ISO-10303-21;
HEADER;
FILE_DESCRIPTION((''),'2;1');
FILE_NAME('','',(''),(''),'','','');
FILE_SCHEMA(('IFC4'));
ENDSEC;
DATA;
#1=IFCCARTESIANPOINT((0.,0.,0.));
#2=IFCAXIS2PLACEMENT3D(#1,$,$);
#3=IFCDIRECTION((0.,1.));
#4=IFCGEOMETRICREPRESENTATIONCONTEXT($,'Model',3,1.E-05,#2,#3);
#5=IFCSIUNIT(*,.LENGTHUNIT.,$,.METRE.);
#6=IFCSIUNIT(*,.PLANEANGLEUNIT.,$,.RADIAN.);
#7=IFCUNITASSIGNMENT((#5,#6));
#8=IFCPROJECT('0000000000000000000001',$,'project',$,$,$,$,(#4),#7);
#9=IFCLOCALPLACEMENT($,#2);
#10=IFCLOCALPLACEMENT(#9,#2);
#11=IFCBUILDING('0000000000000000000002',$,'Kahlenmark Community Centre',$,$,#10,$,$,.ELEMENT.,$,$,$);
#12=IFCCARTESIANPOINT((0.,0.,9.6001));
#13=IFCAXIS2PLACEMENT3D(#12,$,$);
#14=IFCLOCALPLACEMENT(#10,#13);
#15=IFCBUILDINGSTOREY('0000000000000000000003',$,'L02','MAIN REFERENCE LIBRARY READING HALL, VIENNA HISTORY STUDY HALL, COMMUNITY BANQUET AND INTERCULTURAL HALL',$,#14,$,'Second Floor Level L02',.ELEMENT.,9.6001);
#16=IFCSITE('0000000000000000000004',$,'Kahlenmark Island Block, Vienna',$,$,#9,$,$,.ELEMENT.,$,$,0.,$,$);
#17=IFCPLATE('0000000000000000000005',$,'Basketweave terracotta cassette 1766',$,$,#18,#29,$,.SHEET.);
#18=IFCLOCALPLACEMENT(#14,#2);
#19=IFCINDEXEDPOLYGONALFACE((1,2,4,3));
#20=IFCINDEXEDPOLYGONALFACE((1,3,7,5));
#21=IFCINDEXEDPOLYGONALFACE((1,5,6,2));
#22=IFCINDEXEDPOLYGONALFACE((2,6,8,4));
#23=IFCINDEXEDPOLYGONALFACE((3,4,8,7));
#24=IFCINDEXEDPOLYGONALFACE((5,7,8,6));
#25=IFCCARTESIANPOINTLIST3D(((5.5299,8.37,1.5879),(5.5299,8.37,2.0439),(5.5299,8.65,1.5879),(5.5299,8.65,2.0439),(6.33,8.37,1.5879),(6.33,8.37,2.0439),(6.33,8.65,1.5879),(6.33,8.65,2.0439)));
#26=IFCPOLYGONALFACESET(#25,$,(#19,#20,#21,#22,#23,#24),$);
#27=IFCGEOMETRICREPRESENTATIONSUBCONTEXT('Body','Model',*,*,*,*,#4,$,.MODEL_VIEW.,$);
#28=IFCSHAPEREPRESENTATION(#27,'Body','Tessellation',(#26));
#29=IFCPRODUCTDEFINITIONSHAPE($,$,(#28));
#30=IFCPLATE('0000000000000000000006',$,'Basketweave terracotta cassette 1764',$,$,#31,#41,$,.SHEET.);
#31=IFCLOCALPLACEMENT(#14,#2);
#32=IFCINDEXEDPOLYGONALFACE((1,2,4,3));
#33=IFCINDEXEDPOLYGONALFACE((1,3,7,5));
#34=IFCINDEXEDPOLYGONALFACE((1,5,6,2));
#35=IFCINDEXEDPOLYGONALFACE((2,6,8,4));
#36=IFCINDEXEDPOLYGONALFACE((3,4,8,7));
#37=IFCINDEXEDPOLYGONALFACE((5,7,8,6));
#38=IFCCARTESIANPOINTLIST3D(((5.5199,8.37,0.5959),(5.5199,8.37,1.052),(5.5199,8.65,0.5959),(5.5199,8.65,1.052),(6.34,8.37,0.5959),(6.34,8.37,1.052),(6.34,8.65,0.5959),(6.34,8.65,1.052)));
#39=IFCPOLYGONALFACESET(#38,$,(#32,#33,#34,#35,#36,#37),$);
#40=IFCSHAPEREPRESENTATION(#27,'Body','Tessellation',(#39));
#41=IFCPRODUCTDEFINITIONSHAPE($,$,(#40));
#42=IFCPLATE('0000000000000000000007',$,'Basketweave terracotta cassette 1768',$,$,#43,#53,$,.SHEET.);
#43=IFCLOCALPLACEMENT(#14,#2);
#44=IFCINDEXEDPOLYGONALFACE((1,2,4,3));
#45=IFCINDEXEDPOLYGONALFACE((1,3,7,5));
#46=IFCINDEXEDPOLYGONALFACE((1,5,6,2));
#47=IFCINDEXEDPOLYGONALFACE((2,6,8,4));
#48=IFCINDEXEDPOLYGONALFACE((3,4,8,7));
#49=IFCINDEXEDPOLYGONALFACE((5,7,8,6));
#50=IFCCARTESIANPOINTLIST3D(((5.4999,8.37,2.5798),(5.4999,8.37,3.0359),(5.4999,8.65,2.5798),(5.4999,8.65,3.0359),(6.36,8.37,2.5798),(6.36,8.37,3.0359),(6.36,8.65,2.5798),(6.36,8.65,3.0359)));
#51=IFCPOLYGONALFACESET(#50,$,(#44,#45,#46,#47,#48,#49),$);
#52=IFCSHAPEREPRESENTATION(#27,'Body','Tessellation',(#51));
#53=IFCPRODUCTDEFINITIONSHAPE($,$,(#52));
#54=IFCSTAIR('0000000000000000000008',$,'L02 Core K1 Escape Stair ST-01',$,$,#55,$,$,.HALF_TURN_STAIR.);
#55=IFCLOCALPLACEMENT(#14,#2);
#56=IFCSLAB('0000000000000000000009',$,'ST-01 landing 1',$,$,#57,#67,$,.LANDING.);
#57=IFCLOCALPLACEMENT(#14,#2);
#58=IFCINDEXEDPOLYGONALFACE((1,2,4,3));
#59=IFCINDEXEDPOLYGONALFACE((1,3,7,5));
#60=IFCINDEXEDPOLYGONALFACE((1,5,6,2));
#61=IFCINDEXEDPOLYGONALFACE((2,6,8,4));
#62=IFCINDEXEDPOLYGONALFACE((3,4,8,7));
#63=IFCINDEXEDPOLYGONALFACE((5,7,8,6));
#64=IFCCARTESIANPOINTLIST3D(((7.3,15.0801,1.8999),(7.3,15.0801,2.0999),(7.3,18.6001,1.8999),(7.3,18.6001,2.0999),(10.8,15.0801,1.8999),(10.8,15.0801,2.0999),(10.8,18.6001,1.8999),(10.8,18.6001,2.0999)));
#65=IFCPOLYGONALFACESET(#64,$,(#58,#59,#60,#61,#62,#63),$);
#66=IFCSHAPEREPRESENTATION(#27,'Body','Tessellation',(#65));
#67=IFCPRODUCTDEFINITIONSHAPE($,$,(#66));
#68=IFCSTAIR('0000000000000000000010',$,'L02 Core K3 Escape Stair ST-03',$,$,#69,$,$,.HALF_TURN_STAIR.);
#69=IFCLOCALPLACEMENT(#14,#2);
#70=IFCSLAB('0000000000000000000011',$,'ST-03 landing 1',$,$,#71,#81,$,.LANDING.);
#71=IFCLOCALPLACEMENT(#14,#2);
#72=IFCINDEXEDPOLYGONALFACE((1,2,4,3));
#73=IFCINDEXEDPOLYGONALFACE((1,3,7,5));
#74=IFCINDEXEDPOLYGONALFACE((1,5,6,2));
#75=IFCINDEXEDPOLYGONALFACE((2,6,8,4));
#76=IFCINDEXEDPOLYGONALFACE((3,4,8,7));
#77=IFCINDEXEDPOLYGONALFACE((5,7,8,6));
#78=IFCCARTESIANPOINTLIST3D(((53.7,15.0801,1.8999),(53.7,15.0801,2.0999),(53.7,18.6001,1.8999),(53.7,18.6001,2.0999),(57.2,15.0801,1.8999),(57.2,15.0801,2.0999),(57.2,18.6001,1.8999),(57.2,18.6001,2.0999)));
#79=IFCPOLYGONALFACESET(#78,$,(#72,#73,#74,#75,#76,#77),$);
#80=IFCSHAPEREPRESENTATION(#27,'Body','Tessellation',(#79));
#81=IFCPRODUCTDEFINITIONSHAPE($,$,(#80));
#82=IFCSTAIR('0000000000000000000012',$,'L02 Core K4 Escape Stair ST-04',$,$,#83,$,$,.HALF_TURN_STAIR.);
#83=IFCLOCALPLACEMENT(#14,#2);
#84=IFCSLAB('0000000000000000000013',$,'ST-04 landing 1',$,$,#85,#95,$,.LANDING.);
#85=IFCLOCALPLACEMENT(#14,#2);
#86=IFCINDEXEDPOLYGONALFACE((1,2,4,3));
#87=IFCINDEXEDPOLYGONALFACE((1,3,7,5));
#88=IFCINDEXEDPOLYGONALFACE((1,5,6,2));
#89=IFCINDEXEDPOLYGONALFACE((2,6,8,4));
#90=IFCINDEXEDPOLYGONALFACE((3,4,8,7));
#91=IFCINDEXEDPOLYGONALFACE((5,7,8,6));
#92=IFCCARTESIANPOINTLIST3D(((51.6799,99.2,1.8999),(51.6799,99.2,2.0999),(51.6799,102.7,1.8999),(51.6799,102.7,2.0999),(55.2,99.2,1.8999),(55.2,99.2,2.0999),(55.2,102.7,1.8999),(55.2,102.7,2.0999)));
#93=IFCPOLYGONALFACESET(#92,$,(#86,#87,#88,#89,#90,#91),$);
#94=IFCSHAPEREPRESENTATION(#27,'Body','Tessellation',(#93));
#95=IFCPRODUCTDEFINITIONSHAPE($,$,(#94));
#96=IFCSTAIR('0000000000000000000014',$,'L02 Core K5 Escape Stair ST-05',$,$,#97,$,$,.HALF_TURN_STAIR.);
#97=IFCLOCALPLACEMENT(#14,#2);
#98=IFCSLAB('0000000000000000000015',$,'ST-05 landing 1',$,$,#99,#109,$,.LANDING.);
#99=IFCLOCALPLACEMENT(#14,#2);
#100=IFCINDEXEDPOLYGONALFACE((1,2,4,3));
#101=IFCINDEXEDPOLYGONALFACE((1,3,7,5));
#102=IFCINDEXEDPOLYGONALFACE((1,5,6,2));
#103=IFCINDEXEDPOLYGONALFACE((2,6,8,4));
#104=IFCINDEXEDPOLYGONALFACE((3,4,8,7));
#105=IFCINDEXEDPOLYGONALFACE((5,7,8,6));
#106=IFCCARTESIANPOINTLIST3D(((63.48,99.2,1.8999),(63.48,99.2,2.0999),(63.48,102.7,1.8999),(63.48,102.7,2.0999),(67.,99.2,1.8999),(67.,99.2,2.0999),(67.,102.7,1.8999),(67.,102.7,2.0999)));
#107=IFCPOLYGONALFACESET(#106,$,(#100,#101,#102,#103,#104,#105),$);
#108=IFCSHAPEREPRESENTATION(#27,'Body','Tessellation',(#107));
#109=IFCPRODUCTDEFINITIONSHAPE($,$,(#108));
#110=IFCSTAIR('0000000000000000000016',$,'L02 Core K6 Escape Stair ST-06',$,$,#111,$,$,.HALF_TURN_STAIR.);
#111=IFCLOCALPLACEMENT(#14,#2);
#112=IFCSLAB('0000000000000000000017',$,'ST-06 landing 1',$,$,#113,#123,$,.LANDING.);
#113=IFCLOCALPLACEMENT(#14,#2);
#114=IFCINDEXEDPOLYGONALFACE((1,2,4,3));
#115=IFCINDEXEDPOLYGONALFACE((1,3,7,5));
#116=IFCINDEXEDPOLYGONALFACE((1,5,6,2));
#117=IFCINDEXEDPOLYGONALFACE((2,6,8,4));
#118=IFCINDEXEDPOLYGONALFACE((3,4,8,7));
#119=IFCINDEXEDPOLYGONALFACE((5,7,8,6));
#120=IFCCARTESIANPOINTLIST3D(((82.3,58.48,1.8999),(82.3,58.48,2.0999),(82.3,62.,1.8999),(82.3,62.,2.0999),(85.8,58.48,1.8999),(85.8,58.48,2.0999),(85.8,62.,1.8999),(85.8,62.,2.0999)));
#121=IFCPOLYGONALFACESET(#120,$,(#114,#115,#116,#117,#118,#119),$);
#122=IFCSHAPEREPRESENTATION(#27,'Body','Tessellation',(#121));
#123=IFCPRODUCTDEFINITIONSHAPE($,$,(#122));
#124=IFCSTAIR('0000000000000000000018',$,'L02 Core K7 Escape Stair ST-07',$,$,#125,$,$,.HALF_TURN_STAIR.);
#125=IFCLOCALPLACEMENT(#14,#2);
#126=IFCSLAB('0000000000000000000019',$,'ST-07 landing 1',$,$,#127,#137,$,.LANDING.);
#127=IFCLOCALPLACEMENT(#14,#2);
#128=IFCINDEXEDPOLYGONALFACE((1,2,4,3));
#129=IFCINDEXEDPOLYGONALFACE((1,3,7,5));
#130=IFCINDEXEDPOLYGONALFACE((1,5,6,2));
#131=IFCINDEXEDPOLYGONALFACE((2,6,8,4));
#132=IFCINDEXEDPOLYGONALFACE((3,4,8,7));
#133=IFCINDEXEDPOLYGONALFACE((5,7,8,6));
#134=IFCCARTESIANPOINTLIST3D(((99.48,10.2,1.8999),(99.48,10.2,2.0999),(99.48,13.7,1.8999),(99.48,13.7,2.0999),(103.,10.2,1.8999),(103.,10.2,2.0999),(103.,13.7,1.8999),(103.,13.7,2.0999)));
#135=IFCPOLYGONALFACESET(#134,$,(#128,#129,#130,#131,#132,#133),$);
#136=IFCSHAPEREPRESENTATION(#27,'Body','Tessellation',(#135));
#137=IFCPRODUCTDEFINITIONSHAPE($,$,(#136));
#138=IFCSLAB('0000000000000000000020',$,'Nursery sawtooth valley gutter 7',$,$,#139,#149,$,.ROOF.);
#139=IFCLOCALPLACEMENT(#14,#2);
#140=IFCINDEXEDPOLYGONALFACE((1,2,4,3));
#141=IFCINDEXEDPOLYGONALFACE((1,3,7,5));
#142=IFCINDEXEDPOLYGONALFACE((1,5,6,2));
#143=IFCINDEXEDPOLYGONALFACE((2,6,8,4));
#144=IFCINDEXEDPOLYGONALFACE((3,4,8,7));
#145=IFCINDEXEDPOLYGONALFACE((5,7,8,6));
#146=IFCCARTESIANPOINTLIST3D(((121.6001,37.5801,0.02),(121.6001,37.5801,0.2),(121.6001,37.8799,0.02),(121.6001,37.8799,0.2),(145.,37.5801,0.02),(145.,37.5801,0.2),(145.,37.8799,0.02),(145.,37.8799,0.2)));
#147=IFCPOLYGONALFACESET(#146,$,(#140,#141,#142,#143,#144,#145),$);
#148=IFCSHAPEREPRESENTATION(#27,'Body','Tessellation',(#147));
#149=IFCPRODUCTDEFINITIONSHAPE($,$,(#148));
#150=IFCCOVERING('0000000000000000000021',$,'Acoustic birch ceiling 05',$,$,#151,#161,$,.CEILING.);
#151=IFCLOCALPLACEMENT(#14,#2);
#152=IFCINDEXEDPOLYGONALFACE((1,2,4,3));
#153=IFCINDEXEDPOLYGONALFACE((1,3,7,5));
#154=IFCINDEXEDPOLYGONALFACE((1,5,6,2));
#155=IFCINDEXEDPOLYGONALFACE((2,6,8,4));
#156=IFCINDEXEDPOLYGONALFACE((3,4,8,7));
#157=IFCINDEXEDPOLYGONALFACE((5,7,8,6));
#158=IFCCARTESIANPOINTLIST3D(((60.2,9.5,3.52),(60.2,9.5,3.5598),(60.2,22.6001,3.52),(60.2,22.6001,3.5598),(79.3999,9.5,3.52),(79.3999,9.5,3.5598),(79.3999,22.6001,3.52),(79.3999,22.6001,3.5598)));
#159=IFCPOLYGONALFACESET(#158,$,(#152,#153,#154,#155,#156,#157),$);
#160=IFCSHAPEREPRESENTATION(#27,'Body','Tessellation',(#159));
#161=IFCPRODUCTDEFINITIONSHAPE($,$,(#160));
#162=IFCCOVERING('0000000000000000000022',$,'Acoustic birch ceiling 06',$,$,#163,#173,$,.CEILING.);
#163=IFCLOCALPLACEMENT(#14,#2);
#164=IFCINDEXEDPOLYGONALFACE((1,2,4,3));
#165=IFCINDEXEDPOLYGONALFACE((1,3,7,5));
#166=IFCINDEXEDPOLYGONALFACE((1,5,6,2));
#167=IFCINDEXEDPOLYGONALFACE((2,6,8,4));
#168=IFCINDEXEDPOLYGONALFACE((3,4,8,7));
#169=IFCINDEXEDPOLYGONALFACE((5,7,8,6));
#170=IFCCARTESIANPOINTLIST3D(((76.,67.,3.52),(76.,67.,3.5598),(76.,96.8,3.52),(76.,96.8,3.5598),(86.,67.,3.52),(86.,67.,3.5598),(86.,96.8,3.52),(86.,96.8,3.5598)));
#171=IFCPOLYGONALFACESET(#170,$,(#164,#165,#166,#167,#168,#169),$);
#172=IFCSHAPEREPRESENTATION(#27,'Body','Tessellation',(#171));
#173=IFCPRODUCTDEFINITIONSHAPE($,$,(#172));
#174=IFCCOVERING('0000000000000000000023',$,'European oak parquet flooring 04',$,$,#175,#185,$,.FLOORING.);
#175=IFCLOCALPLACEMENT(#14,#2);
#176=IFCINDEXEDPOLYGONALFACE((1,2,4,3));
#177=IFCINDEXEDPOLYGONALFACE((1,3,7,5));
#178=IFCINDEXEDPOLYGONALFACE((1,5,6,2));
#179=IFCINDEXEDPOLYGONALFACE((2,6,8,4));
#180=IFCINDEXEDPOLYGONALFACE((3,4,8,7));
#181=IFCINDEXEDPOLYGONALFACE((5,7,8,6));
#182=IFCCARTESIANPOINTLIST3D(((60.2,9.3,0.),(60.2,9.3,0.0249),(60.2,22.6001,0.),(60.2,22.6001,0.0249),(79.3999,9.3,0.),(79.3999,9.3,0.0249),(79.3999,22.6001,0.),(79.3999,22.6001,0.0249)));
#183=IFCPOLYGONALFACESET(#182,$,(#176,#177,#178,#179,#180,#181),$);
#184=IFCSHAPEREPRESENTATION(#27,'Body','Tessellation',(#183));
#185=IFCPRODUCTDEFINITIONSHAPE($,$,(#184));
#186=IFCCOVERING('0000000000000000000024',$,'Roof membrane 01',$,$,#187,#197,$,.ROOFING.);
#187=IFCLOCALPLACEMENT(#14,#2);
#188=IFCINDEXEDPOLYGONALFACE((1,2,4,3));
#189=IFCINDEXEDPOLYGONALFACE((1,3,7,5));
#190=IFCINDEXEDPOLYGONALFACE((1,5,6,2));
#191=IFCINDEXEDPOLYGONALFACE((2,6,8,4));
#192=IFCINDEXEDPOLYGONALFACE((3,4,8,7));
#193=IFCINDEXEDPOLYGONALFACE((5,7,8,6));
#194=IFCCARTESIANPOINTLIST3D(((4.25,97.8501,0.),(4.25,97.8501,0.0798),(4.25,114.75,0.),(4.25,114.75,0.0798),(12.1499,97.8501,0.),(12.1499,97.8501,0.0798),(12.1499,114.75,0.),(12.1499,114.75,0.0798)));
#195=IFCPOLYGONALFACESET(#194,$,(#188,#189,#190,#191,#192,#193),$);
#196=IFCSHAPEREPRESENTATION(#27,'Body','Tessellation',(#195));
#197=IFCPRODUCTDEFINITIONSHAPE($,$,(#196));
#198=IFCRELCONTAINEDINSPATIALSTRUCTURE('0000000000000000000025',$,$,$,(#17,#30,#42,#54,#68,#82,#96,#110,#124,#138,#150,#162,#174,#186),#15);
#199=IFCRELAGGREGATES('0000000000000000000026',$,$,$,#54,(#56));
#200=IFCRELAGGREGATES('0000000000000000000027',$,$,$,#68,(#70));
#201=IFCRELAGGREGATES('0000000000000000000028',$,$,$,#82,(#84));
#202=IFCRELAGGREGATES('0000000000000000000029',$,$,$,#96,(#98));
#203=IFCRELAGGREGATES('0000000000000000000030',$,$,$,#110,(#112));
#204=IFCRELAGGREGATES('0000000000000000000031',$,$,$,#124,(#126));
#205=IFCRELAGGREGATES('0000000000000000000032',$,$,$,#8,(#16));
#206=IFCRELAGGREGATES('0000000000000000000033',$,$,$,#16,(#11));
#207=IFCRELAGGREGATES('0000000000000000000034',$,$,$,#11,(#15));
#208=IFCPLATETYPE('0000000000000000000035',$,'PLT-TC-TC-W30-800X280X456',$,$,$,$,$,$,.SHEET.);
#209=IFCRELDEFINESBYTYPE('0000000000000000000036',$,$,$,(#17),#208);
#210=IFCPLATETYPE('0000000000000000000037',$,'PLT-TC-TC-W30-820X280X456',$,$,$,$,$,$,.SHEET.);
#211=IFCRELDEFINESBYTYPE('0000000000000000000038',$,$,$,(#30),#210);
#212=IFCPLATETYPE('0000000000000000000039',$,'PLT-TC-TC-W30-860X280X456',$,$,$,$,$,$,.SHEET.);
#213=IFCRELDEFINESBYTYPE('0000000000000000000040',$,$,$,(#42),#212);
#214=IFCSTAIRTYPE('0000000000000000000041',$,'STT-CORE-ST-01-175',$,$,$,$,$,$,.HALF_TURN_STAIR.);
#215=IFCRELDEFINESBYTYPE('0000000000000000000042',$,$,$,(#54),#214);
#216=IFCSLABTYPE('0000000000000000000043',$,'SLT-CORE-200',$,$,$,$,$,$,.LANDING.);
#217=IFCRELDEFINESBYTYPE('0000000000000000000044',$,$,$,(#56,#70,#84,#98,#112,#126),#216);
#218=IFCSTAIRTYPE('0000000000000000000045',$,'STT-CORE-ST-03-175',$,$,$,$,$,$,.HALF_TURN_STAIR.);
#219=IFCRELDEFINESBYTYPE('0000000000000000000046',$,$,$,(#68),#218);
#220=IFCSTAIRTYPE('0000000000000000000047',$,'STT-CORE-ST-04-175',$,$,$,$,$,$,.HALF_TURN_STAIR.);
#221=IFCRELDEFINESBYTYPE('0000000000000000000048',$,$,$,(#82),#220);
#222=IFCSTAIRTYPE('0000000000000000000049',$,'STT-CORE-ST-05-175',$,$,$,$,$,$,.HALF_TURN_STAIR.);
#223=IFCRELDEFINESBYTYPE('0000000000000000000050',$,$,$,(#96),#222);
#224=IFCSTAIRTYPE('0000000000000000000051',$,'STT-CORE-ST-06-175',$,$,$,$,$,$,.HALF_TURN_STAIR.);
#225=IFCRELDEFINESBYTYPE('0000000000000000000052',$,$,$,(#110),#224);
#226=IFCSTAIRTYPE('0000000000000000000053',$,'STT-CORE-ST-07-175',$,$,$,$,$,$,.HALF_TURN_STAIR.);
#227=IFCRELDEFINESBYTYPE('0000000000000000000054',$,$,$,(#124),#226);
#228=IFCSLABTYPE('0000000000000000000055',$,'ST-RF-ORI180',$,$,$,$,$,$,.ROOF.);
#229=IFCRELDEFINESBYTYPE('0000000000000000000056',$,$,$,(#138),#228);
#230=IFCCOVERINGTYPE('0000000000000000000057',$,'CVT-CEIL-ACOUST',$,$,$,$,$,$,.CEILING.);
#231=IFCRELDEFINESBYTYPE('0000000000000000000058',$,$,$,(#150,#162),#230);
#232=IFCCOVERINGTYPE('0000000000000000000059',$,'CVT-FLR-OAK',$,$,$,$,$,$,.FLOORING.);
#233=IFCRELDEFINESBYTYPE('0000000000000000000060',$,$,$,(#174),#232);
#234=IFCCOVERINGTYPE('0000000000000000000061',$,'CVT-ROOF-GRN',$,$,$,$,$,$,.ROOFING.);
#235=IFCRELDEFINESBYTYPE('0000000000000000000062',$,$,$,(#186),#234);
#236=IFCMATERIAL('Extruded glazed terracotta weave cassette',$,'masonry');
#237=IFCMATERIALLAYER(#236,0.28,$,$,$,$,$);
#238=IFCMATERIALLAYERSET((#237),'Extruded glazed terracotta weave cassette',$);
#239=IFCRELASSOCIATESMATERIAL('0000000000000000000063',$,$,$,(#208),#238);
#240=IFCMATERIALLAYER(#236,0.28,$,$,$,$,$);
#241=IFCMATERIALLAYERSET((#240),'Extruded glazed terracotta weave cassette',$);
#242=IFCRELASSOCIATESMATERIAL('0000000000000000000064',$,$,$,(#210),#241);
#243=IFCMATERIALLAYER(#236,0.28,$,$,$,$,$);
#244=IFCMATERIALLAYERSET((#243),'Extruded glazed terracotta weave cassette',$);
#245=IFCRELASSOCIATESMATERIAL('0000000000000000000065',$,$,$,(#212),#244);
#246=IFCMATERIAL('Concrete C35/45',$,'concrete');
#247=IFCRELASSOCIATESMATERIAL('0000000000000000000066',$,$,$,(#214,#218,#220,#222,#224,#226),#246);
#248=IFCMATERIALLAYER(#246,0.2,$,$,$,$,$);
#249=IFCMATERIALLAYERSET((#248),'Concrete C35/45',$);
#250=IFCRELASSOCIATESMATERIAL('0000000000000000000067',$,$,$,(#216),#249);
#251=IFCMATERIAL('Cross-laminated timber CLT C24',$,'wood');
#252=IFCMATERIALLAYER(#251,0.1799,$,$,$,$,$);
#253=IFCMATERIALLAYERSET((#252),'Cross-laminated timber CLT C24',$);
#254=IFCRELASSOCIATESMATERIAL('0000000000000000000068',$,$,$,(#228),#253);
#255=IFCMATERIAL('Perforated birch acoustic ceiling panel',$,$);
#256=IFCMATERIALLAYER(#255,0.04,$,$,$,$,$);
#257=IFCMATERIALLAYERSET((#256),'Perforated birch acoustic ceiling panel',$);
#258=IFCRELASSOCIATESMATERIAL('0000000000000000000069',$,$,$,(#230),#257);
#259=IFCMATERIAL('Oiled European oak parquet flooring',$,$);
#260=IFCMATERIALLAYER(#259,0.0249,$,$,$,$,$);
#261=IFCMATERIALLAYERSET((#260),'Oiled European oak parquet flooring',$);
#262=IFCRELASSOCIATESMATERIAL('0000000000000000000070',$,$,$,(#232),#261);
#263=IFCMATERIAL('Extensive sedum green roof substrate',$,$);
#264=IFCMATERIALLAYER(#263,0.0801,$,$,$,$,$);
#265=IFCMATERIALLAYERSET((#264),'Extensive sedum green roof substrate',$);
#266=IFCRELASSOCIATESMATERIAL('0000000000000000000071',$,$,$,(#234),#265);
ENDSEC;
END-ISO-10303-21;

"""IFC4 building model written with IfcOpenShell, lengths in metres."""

from ifc_helpers import new_model, si_unit, direction, frame, origin, origin_2d, place, context, subcontext, project, spatial, polyline, rectangle, outline, extrude, material, layer, layer_set, type_object, element, aggregate, save


model = new_model("IFC4")

# Units and contexts
model_context = context("Model", 3, precision=1e-05, world=origin(), true_north=direction((0.0, 1.0)))
body_context = subcontext(model_context, "Body", "Model", "MODEL_VIEW")
ifc_project = project(units=[si_unit("LENGTHUNIT", "METRE"), si_unit("PLANEANGLEUNIT", "RADIAN")], contexts=[model_context])

# Site, building, storey
site_placement = place(None, origin())
site = spatial("IfcSite", under=ifc_project, at=site_placement, Name="Kahlenmark Island Block, Vienna", CompositionType="ELEMENT", RefElevation=0.0)
building_placement = place(site_placement, origin())
building = spatial("IfcBuilding", under=site, at=building_placement, Name="Kahlenmark Community Centre", CompositionType="ELEMENT")
storey_placement = place(building_placement, frame((0.0, 0.0, 9.6001)))
storey = spatial("IfcBuildingStorey", under=building, at=storey_placement, Name="L02", Description="MAIN REFERENCE LIBRARY READING HALL, VIENNA HISTORY STUDY HALL, COMMUNITY BANQUET AND INTERCULTURAL HALL", LongName="Second Floor Level L02", CompositionType="ELEMENT", Elevation=9.6001)

# Plates
ifc_material_1 = material(Name="Extruded glazed terracotta weave cassette", Category="masonry")
ifc_layer_1 = layer(ifc_material_1, 0.28)
ifc_layer_set_1 = layer_set([ifc_layer_1], Name="Extruded glazed terracotta weave cassette")
plate_type_1 = type_object("IfcPlateType", Name="PLT-TC-TC-W30-800X280X456", PredefinedType="SHEET", material=ifc_layer_set_1)
plate_1_placement = place(storey_placement, frame((5.9299, 8.51, 1.5879), z_axis=(0.0, 0.0, 1.0), x_axis=(1.0, 0.0, 0.0)))
element("IfcPlate", 1, at=plate_1_placement, inside=storey, type_object=plate_type_1, Name="Basketweave terracotta cassette 1766", PredefinedType="SHEET", context=body_context, shape_type="SweptSolid", body=[
    extrude(rectangle(XDim=0.8, YDim=0.28, at=origin_2d()), origin(), (0.0, 0.0, 1.0), 0.4561),
])
ifc_layer_2 = layer(ifc_material_1, 0.28)
ifc_layer_set_2 = layer_set([ifc_layer_2], Name="Extruded glazed terracotta weave cassette")
plate_type_2 = type_object("IfcPlateType", Name="PLT-TC-TC-W30-820X280X456", PredefinedType="SHEET", material=ifc_layer_set_2)
plate_2_placement = place(storey_placement, frame((5.9299, 8.51, 0.5959), z_axis=(0.0, 0.0, 1.0), x_axis=(1.0, 0.0, 0.0)))
element("IfcPlate", 2, at=plate_2_placement, inside=storey, type_object=plate_type_2, Name="Basketweave terracotta cassette 1764", PredefinedType="SHEET", context=body_context, shape_type="SweptSolid", body=[
    extrude(rectangle(XDim=0.8201, YDim=0.28, at=origin_2d()), origin(), (0.0, 0.0, 1.0), 0.4561),
])
ifc_layer_3 = layer(ifc_material_1, 0.28)
ifc_layer_set_3 = layer_set([ifc_layer_3], Name="Extruded glazed terracotta weave cassette")
plate_type_3 = type_object("IfcPlateType", Name="PLT-TC-TC-W30-860X280X456", PredefinedType="SHEET", material=ifc_layer_set_3)
plate_3_placement = place(storey_placement, frame((5.9299, 8.51, 2.5798), z_axis=(0.0, 0.0, 1.0), x_axis=(1.0, 0.0, 0.0)))
element("IfcPlate", 3, at=plate_3_placement, inside=storey, type_object=plate_type_3, Name="Basketweave terracotta cassette 1768", PredefinedType="SHEET", context=body_context, shape_type="SweptSolid", body=[
    extrude(rectangle(XDim=0.8601, YDim=0.28, at=origin_2d()), origin(), (0.0, 0.0, 1.0), 0.4561),
])

# Stairs, slabs
ifc_material_2 = material(Name="Concrete C35/45", Category="concrete")
stair_type_1 = type_object("IfcStairType", Name="STT-CORE-ST-01-175", PredefinedType="HALF_TURN_STAIR", material=ifc_material_2)
stair_1_placement = place(storey_placement, origin())
stair_1 = element("IfcStair", 4, at=stair_1_placement, inside=storey, type_object=stair_type_1, Name="L02 Core K1 Escape Stair ST-01", PredefinedType="HALF_TURN_STAIR")
ifc_layer_4 = layer(ifc_material_2, 0.2)
ifc_layer_set_4 = layer_set([ifc_layer_4], Name="Concrete C35/45")
slab_type_1 = type_object("IfcSlabType", Name="SLT-CORE-200", PredefinedType="LANDING", material=ifc_layer_set_4)
slab_1_placement = place(storey_placement, frame((0.0, 0.0, 1.8999)))
slab_1 = element("IfcSlab", 5, at=slab_1_placement, type_object=slab_type_1, Name="ST-01 landing 1", PredefinedType="LANDING", context=body_context, shape_type="SweptSolid", body=[
    extrude(outline(polyline([(10.8, 15.0801), (10.8, 18.6001), (7.3, 18.6001), (7.3, 15.0801), (10.8, 15.0801)])), origin(), (0.0, 0.0, 1.0), 0.2),
])
aggregate(stair_1, [slab_1])
stair_type_2 = type_object("IfcStairType", Name="STT-CORE-ST-03-175", PredefinedType="HALF_TURN_STAIR", material=ifc_material_2)
stair_2_placement = place(storey_placement, origin())
stair_2 = element("IfcStair", 6, at=stair_2_placement, inside=storey, type_object=stair_type_2, Name="L02 Core K3 Escape Stair ST-03", PredefinedType="HALF_TURN_STAIR")
slab_2_placement = place(storey_placement, frame((0.0, 0.0, 1.8999)))
slab_2 = element("IfcSlab", 7, at=slab_2_placement, type_object=slab_type_1, Name="ST-03 landing 1", PredefinedType="LANDING", context=body_context, shape_type="SweptSolid", body=[
    extrude(outline(polyline([(57.2, 15.0801), (57.2, 18.6001), (53.7, 18.6001), (53.7, 15.0801), (57.2, 15.0801)])), origin(), (0.0, 0.0, 1.0), 0.2),
])
aggregate(stair_2, [slab_2])
stair_type_3 = type_object("IfcStairType", Name="STT-CORE-ST-04-175", PredefinedType="HALF_TURN_STAIR", material=ifc_material_2)
stair_3_placement = place(storey_placement, origin())
stair_3 = element("IfcStair", 8, at=stair_3_placement, inside=storey, type_object=stair_type_3, Name="L02 Core K4 Escape Stair ST-04", PredefinedType="HALF_TURN_STAIR")
slab_3_placement = place(storey_placement, frame((0.0, 0.0, 1.8999)))
slab_3 = element("IfcSlab", 9, at=slab_3_placement, type_object=slab_type_1, Name="ST-04 landing 1", PredefinedType="LANDING", context=body_context, shape_type="SweptSolid", body=[
    extrude(outline(polyline([(51.6799, 99.2), (55.2, 99.2), (55.2, 102.7), (51.6799, 102.7), (51.6799, 99.2)])), origin(), (0.0, 0.0, 1.0), 0.2),
])
aggregate(stair_3, [slab_3])
stair_type_4 = type_object("IfcStairType", Name="STT-CORE-ST-05-175", PredefinedType="HALF_TURN_STAIR", material=ifc_material_2)
stair_4_placement = place(storey_placement, origin())
stair_4 = element("IfcStair", 10, at=stair_4_placement, inside=storey, type_object=stair_type_4, Name="L02 Core K5 Escape Stair ST-05", PredefinedType="HALF_TURN_STAIR")
slab_4_placement = place(storey_placement, frame((0.0, 0.0, 1.8999)))
slab_4 = element("IfcSlab", 11, at=slab_4_placement, type_object=slab_type_1, Name="ST-05 landing 1", PredefinedType="LANDING", context=body_context, shape_type="SweptSolid", body=[
    extrude(outline(polyline([(63.48, 99.2), (67.0, 99.2), (67.0, 102.7), (63.48, 102.7), (63.48, 99.2)])), origin(), (0.0, 0.0, 1.0), 0.2),
])
aggregate(stair_4, [slab_4])
stair_type_5 = type_object("IfcStairType", Name="STT-CORE-ST-06-175", PredefinedType="HALF_TURN_STAIR", material=ifc_material_2)
stair_5_placement = place(storey_placement, origin())
stair_5 = element("IfcStair", 12, at=stair_5_placement, inside=storey, type_object=stair_type_5, Name="L02 Core K6 Escape Stair ST-06", PredefinedType="HALF_TURN_STAIR")
slab_5_placement = place(storey_placement, frame((0.0, 0.0, 1.8999)))
slab_5 = element("IfcSlab", 13, at=slab_5_placement, type_object=slab_type_1, Name="ST-06 landing 1", PredefinedType="LANDING", context=body_context, shape_type="SweptSolid", body=[
    extrude(outline(polyline([(85.8, 58.48), (85.8, 62.0), (82.3, 62.0), (82.3, 58.48), (85.8, 58.48)])), origin(), (0.0, 0.0, 1.0), 0.2),
])
aggregate(stair_5, [slab_5])
stair_type_6 = type_object("IfcStairType", Name="STT-CORE-ST-07-175", PredefinedType="HALF_TURN_STAIR", material=ifc_material_2)
stair_6_placement = place(storey_placement, origin())
stair_6 = element("IfcStair", 14, at=stair_6_placement, inside=storey, type_object=stair_type_6, Name="L02 Core K7 Escape Stair ST-07", PredefinedType="HALF_TURN_STAIR")
slab_6_placement = place(storey_placement, frame((0.0, 0.0, 1.8999)))
slab_6 = element("IfcSlab", 15, at=slab_6_placement, type_object=slab_type_1, Name="ST-07 landing 1", PredefinedType="LANDING", context=body_context, shape_type="SweptSolid", body=[
    extrude(outline(polyline([(99.48, 10.2), (103.0, 10.2), (103.0, 13.7), (99.48, 13.7), (99.48, 10.2)])), origin(), (0.0, 0.0, 1.0), 0.2),
])
aggregate(stair_6, [slab_6])

# Slab
ifc_material_3 = material(Name="Cross-laminated timber CLT C24", Category="wood")
ifc_layer_5 = layer(ifc_material_3, 0.1799)
ifc_layer_set_5 = layer_set([ifc_layer_5], Name="Cross-laminated timber CLT C24")
slab_type_2 = type_object("IfcSlabType", Name="ST-RF-ORI180", PredefinedType="ROOF", material=ifc_layer_set_5)
slab_7_placement = place(storey_placement, frame((0.0, 0.0, 0.02)))
element("IfcSlab", 16, at=slab_7_placement, inside=storey, type_object=slab_type_2, Name="Nursery sawtooth valley gutter 7", PredefinedType="ROOF", context=body_context, shape_type="SweptSolid", body=[
    extrude(outline(polyline([(121.6001, 37.5801), (145.0, 37.5801), (145.0, 37.8799), (121.6001, 37.8799), (121.6001, 37.5801)])), origin(), (0.0, 0.0, 1.0), 0.1799),
])

# Coverings
ifc_material_4 = material(Name="Perforated birch acoustic ceiling panel")
ifc_layer_6 = layer(ifc_material_4, 0.04)
ifc_layer_set_6 = layer_set([ifc_layer_6], Name="Perforated birch acoustic ceiling panel")
covering_type_1 = type_object("IfcCoveringType", Name="CVT-CEIL-ACOUST", PredefinedType="CEILING", material=ifc_layer_set_6)
covering_1_placement = place(storey_placement, frame((0.0, 0.0, 3.52)))
element("IfcCovering", 17, at=covering_1_placement, inside=storey, type_object=covering_type_1, Name="Acoustic birch ceiling 05", PredefinedType="CEILING", context=body_context, shape_type="SweptSolid", body=[
    extrude(outline(polyline([(60.2, 9.5), (79.3999, 9.5), (79.3999, 22.6001), (60.2, 22.6001), (60.2, 9.5)])), origin(), (0.0, 0.0, 1.0), 0.0398),
])
covering_2_placement = place(storey_placement, frame((0.0, 0.0, 3.52)))
element("IfcCovering", 18, at=covering_2_placement, inside=storey, type_object=covering_type_1, Name="Acoustic birch ceiling 06", PredefinedType="CEILING", context=body_context, shape_type="SweptSolid", body=[
    extrude(outline(polyline([(76.0, 67.0), (86.0, 67.0), (86.0, 96.8), (76.0, 96.8), (76.0, 67.0)])), origin(), (0.0, 0.0, 1.0), 0.0398),
])
ifc_material_5 = material(Name="Oiled European oak parquet flooring")
ifc_layer_7 = layer(ifc_material_5, 0.0249)
ifc_layer_set_7 = layer_set([ifc_layer_7], Name="Oiled European oak parquet flooring")
covering_type_2 = type_object("IfcCoveringType", Name="CVT-FLR-OAK", PredefinedType="FLOORING", material=ifc_layer_set_7)
covering_3_placement = place(storey_placement, origin())
element("IfcCovering", 19, at=covering_3_placement, inside=storey, type_object=covering_type_2, Name="European oak parquet flooring 04", PredefinedType="FLOORING", context=body_context, shape_type="SweptSolid", body=[
    extrude(outline(polyline([(60.2, 9.3), (79.3999, 9.3), (79.3999, 22.6001), (60.2, 22.6001), (60.2, 9.3)])), origin(), (0.0, 0.0, 1.0), 0.0249),
])
ifc_material_6 = material(Name="Extensive sedum green roof substrate")
ifc_layer_8 = layer(ifc_material_6, 0.0801)
ifc_layer_set_8 = layer_set([ifc_layer_8], Name="Extensive sedum green roof substrate")
covering_type_3 = type_object("IfcCoveringType", Name="CVT-ROOF-GRN", PredefinedType="ROOFING", material=ifc_layer_set_8)
covering_4_placement = place(storey_placement, origin())
element("IfcCovering", 20, at=covering_4_placement, inside=storey, type_object=covering_type_3, Name="Roof membrane 01", PredefinedType="ROOFING", context=body_context, shape_type="SweptSolid", body=[
    extrude(outline(polyline([(4.25, 97.8501), (12.1499, 97.8501), (12.1499, 114.75), (4.25, 114.75), (4.25, 97.8501)])), origin(), (0.0, 0.0, 1.0), 0.0798),
])

save(model, "model.ifc")
